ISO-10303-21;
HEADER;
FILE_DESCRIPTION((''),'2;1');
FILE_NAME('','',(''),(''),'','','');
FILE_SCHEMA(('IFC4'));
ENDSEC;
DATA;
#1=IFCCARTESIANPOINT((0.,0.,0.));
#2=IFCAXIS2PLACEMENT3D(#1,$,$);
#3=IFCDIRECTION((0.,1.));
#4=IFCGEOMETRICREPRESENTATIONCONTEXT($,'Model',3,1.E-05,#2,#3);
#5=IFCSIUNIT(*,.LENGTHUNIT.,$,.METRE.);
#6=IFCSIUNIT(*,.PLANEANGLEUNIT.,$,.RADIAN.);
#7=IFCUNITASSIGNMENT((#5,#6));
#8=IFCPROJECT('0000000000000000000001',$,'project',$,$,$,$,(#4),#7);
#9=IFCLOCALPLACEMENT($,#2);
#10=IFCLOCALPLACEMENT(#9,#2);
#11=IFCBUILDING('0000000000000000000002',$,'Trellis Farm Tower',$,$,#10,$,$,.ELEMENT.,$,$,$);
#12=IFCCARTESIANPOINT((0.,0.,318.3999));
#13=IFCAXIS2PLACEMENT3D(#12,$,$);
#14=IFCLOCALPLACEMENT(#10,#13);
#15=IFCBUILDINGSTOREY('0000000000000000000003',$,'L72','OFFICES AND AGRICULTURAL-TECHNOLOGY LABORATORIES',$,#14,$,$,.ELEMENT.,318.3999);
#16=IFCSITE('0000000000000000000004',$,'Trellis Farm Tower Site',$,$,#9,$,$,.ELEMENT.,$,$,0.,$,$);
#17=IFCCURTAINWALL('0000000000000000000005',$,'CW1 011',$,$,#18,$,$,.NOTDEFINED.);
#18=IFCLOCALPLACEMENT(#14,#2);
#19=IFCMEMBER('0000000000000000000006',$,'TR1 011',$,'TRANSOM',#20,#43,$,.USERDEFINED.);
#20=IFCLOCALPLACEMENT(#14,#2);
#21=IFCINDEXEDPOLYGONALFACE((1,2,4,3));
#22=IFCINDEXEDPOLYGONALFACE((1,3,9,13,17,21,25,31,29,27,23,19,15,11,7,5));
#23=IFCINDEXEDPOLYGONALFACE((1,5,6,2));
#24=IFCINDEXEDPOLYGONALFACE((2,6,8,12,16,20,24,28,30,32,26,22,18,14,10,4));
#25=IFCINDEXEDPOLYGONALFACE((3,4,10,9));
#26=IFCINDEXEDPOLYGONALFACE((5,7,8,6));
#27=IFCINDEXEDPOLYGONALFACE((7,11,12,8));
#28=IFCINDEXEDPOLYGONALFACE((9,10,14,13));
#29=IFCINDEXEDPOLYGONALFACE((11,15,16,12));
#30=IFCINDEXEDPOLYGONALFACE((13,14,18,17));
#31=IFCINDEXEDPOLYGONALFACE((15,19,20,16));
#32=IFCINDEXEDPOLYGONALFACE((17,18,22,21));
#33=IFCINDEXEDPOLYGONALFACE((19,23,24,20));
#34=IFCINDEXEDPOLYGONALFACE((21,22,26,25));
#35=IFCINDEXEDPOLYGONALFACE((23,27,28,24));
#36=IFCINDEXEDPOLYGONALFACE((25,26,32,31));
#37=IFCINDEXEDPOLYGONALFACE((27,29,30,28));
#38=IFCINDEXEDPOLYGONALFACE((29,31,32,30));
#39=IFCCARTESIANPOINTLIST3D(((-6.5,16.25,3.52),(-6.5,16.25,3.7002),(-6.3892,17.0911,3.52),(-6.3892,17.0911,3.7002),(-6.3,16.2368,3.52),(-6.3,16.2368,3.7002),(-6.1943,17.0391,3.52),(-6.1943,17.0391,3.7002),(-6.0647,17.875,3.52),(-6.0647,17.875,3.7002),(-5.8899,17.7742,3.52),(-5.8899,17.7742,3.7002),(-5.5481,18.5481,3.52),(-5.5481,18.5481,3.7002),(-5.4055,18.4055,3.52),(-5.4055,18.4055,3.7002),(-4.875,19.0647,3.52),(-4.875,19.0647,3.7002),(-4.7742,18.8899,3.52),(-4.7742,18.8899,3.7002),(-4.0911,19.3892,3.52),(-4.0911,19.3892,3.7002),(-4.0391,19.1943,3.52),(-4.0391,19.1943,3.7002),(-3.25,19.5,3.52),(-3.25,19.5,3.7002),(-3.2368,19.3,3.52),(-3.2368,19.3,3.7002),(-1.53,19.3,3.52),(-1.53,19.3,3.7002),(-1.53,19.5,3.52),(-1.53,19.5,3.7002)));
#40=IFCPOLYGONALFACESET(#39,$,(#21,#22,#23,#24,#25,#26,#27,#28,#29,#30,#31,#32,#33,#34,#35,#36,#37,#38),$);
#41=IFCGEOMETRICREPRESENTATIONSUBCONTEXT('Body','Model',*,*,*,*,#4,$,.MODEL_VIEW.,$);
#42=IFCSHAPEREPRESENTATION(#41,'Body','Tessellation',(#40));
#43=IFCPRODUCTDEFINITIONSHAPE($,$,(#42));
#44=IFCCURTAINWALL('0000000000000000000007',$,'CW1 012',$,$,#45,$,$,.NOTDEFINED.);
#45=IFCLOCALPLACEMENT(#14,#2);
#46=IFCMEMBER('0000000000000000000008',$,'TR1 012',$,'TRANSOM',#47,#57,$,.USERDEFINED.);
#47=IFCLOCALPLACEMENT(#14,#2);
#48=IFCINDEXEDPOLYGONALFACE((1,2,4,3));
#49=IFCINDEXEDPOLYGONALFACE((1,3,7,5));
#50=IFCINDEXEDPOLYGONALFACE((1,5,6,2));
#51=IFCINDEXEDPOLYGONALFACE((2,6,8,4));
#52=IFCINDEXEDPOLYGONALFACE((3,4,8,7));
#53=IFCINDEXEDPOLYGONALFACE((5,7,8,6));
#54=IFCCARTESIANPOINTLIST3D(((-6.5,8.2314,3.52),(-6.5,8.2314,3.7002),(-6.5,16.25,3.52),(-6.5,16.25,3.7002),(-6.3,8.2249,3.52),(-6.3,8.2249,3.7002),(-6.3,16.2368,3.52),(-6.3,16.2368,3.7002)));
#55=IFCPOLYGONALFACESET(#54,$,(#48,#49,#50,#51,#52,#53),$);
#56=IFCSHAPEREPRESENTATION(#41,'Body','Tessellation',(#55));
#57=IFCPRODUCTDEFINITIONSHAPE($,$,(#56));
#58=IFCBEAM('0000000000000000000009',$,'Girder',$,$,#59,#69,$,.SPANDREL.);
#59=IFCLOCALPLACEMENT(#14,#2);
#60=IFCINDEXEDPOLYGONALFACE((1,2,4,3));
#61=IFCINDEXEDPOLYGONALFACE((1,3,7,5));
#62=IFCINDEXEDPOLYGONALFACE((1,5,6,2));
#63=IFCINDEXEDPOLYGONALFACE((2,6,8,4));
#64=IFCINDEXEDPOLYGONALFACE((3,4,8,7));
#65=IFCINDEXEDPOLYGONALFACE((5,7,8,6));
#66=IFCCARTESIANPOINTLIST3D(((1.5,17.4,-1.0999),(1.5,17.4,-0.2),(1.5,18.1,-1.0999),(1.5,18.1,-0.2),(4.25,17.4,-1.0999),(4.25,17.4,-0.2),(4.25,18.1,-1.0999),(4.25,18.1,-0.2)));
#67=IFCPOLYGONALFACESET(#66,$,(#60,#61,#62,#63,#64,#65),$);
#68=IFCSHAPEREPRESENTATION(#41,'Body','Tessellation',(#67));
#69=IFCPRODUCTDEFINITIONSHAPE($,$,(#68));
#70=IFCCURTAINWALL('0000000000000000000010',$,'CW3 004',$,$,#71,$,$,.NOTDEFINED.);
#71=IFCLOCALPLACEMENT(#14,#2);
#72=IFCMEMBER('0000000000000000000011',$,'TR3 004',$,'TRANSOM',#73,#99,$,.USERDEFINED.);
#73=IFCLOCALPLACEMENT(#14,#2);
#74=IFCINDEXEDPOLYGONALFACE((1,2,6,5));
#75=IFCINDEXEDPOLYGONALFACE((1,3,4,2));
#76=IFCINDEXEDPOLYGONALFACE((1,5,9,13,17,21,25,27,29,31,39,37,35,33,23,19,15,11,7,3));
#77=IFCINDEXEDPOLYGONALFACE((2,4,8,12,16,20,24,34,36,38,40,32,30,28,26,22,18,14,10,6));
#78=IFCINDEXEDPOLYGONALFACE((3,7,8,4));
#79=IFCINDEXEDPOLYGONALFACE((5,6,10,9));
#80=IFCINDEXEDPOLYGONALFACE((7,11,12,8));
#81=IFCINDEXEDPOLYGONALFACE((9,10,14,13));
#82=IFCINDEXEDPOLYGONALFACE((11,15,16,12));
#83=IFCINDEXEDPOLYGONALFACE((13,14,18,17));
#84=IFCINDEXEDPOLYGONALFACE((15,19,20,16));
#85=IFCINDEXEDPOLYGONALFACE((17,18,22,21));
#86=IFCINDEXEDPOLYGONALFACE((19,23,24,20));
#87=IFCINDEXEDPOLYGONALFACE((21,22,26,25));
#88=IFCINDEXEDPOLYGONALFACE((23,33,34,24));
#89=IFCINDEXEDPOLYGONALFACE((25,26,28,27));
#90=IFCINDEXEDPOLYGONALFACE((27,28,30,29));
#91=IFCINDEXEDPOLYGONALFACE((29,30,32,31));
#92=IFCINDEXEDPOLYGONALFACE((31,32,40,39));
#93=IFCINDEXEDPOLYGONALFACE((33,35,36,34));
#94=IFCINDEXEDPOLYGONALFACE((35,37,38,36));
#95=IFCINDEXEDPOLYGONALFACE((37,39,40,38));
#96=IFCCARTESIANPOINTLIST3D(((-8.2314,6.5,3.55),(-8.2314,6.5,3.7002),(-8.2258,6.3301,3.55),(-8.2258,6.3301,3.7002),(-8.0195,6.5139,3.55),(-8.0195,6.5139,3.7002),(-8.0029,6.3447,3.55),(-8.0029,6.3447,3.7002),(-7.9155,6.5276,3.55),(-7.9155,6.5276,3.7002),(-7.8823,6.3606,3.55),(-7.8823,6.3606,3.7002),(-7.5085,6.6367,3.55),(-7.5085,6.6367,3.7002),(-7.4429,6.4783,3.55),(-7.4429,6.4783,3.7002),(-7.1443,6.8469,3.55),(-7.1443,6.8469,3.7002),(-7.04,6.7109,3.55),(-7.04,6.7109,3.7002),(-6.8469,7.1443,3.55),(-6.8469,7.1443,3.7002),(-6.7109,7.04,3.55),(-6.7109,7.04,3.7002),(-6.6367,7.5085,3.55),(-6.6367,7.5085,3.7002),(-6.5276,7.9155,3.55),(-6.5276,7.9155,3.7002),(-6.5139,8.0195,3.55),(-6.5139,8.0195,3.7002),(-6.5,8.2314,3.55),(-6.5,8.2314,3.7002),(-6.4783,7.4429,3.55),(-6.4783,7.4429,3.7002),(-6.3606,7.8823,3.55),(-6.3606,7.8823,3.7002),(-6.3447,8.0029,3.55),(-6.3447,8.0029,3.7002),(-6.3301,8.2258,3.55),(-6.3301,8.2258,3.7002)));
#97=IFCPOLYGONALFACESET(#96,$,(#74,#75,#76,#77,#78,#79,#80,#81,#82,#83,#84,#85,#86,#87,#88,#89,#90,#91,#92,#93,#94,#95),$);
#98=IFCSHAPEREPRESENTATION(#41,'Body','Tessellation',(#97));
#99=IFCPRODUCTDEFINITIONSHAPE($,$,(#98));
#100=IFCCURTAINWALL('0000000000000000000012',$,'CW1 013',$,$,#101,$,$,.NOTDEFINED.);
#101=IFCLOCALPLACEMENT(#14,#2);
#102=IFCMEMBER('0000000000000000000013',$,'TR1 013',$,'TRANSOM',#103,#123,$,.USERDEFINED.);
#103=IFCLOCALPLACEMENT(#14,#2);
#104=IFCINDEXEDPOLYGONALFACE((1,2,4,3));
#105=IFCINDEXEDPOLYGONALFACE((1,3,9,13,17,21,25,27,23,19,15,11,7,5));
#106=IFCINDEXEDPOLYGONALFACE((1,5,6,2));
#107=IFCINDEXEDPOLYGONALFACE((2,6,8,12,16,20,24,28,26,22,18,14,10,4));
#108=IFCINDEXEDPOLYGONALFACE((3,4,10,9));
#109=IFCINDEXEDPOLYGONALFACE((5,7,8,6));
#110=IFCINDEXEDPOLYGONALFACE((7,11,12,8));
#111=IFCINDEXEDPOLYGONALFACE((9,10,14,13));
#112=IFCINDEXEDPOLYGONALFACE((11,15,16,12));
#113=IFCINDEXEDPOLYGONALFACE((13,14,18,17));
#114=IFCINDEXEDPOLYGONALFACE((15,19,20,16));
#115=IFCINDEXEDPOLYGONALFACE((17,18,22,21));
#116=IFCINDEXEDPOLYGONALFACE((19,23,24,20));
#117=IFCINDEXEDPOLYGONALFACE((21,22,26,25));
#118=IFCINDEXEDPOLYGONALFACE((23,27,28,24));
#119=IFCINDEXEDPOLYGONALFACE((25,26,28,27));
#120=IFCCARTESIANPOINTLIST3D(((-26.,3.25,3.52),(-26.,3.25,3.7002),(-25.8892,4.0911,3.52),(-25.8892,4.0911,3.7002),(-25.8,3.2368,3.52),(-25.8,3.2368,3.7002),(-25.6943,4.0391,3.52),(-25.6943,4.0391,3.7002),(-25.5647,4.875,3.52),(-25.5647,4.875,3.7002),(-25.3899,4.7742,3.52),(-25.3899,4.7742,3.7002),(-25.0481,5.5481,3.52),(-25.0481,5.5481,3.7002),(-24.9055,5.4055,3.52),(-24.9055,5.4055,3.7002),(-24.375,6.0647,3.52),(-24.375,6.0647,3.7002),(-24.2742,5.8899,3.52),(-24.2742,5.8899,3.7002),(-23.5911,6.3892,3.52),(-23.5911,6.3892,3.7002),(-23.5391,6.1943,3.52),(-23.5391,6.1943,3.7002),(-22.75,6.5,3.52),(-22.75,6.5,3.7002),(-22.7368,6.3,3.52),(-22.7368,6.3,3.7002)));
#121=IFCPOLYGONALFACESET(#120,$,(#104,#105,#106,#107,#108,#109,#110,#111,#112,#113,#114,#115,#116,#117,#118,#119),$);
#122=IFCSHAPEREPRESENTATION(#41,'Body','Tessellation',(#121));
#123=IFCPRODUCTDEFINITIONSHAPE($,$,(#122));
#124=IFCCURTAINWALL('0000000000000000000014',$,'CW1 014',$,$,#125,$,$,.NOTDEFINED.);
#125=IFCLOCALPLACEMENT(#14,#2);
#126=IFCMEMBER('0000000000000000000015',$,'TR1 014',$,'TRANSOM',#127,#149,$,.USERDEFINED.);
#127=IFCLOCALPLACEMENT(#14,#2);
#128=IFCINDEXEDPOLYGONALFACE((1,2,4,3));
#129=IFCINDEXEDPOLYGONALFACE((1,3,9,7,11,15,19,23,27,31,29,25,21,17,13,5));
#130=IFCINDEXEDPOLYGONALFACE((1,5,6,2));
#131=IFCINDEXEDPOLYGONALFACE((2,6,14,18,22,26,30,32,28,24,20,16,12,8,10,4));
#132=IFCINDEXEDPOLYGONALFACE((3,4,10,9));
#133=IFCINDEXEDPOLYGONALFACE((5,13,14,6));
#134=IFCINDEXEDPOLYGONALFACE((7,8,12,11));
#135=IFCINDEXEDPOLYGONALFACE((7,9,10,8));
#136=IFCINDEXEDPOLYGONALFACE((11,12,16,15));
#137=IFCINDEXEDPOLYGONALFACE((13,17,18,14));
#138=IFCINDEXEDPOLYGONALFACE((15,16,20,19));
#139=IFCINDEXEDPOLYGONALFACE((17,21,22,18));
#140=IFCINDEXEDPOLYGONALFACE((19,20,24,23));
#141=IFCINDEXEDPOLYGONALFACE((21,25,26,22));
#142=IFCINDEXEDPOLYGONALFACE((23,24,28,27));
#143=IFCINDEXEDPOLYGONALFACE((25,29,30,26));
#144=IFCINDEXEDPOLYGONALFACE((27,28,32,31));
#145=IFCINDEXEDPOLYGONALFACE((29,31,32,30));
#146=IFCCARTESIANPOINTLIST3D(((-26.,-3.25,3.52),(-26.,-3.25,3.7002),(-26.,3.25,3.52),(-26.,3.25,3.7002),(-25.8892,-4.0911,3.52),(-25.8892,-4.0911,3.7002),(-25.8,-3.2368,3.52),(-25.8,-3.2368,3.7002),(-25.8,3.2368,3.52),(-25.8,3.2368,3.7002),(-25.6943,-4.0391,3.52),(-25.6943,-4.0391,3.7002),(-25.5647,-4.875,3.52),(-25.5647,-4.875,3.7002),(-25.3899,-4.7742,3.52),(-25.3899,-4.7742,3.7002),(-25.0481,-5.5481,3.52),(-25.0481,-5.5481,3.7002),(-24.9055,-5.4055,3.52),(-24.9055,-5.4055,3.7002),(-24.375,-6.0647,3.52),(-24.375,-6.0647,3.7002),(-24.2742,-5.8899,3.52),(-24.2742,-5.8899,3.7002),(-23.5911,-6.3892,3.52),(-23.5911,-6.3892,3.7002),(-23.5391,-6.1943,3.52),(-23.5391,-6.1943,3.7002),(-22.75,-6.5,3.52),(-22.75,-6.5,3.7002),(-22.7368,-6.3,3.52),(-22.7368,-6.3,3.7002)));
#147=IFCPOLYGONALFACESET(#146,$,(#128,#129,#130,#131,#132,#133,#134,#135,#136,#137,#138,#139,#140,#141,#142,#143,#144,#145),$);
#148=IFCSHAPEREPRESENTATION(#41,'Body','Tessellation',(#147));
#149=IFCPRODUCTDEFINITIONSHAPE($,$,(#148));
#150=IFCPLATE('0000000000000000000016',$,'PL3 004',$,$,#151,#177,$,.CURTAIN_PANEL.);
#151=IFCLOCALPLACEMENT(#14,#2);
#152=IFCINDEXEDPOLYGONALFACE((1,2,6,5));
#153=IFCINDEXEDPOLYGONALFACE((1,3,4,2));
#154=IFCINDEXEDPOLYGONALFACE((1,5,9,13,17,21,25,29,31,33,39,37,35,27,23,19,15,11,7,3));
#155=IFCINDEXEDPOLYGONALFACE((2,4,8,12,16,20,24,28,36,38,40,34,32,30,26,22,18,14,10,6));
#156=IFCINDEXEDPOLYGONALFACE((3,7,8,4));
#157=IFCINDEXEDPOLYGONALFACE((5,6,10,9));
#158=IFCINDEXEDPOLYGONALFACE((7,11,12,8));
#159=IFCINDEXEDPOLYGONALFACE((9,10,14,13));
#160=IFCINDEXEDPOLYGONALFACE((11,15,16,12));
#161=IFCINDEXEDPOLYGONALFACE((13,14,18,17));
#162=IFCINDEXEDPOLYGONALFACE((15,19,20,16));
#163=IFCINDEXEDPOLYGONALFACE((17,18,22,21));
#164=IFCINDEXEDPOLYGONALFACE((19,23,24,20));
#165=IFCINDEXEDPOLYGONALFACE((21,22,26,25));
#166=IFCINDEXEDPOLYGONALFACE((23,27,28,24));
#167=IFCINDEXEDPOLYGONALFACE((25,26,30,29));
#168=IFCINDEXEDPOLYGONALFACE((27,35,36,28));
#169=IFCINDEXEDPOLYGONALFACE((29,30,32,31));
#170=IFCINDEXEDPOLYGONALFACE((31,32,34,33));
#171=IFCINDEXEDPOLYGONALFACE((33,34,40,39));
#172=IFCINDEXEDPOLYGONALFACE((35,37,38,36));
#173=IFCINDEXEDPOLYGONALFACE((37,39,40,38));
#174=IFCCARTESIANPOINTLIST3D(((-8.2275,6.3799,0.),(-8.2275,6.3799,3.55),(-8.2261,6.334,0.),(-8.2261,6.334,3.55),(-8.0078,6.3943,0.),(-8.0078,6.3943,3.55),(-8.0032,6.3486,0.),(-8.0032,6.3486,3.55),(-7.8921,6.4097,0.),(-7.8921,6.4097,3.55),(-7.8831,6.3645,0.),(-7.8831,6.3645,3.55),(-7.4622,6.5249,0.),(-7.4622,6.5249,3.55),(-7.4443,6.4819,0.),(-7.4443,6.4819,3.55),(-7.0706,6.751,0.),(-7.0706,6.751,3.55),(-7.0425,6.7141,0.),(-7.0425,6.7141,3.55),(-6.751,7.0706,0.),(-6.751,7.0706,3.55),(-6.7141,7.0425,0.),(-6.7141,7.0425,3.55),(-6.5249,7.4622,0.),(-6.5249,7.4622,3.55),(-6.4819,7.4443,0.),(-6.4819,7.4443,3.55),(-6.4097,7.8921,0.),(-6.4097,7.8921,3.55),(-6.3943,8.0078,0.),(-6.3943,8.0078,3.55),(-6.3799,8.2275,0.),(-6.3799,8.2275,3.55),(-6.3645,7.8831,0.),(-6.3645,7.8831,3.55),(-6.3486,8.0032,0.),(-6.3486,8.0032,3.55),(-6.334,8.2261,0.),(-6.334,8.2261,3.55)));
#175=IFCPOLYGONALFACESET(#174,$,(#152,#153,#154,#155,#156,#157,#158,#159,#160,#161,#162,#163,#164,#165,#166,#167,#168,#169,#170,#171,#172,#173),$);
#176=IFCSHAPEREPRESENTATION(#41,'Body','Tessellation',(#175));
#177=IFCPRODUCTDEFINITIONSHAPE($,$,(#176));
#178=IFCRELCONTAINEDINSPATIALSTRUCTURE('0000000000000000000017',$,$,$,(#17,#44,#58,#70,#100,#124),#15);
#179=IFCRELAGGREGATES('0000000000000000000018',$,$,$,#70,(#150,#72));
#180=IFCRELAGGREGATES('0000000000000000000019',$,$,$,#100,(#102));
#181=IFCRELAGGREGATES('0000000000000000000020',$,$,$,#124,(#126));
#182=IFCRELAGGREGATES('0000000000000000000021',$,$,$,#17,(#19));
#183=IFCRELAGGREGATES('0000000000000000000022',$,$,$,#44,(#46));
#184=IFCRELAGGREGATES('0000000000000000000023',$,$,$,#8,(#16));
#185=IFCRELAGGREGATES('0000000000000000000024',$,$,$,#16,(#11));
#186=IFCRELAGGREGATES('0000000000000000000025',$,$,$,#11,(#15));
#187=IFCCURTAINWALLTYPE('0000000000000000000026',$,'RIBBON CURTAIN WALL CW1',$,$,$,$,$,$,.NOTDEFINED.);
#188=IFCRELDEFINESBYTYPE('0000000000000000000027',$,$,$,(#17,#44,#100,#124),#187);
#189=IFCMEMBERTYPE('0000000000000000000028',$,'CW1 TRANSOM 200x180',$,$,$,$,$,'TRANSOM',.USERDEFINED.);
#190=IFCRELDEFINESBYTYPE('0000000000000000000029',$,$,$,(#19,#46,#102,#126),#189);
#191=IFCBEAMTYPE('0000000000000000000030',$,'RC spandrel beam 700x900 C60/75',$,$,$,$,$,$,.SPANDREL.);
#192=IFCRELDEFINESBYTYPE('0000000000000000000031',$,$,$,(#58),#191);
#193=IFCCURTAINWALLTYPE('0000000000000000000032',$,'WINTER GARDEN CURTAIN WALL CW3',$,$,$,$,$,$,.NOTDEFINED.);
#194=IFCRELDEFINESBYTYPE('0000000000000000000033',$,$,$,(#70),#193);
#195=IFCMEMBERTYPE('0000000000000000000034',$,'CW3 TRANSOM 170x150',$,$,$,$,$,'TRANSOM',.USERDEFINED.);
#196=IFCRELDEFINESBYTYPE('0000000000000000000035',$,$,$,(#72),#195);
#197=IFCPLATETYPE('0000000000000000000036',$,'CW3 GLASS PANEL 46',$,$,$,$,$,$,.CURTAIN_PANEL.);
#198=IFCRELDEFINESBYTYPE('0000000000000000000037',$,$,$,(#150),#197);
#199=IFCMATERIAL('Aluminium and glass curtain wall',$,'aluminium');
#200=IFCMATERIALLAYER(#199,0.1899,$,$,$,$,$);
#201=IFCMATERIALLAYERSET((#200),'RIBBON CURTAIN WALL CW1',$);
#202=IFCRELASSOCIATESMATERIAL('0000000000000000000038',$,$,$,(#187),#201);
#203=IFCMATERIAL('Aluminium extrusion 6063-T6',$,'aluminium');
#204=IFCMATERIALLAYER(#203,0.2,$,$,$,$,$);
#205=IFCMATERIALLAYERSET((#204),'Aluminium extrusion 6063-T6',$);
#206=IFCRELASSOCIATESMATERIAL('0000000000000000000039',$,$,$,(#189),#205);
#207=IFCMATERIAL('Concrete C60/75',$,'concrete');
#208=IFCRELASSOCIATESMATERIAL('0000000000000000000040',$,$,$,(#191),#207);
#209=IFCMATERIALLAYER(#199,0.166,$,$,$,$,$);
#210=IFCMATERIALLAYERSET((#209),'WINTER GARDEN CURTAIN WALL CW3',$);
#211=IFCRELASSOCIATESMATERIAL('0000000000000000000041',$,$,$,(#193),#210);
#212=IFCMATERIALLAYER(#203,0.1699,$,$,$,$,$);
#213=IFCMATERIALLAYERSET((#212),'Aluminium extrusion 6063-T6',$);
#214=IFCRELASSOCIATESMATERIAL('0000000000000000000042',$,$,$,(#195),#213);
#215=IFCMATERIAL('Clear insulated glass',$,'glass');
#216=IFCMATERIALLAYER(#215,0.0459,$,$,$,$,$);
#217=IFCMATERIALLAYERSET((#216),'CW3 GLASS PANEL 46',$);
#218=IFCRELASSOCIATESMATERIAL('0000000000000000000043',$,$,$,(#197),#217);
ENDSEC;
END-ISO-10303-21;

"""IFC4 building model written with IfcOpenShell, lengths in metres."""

from ifc_helpers import new_model, si_unit, direction, frame, origin, origin_2d, place, context, subcontext, project, spatial, polyline, rectangle, outline, extrude, source, transform, mapped, material, layer, layer_set, material_profile, profile_set, type_object, element, aggregate, save


model = new_model("IFC4")

# Units and contexts
model_context = context("Model", 3, precision=1e-05, world=origin(), true_north=direction((0.0, 1.0)))
body_context = subcontext(model_context, "Body", "Model", "MODEL_VIEW")
ifc_project = project(units=[si_unit("LENGTHUNIT", "METRE"), si_unit("PLANEANGLEUNIT", "RADIAN")], contexts=[model_context])

# Site, building, storey
site_placement = place(None, origin())
site = spatial("IfcSite", under=ifc_project, at=site_placement, Name="Trellis Farm Tower Site", CompositionType="ELEMENT", RefElevation=0.0)
building_placement = place(site_placement, origin())
building = spatial("IfcBuilding", under=site, at=building_placement, Name="Trellis Farm Tower", CompositionType="ELEMENT")
storey_placement = place(building_placement, frame((0.0, 0.0, 318.3999)))
storey = spatial("IfcBuildingStorey", under=building, at=storey_placement, Name="L72", Description="OFFICES AND AGRICULTURAL-TECHNOLOGY LABORATORIES", CompositionType="ELEMENT", Elevation=318.3999)

# Curtain walls, members
ifc_material_1 = material(Name="Aluminium and glass curtain wall", Category="aluminium")
ifc_layer_1 = layer(ifc_material_1, 0.1899)
ifc_layer_set_1 = layer_set([ifc_layer_1], Name="RIBBON CURTAIN WALL CW1")
curtain_wall_type_1 = type_object("IfcCurtainWallType", Name="RIBBON CURTAIN WALL CW1", PredefinedType="NOTDEFINED", material=ifc_layer_set_1)
placement_1 = place(storey_placement, origin())
curtain_wall_1 = element("IfcCurtainWall", 1, at=placement_1, inside=storey, type_object=curtain_wall_type_1, Name="CW1 011", PredefinedType="NOTDEFINED")
ifc_material_2 = material(Name="Aluminium extrusion 6063-T6", Category="aluminium")
ifc_layer_2 = layer(ifc_material_2, 0.2)
ifc_layer_set_2 = layer_set([ifc_layer_2], Name="Aluminium extrusion 6063-T6")
member_type_1 = type_object("IfcMemberType", Name="CW1 TRANSOM 200x180", ElementType="TRANSOM", PredefinedType="USERDEFINED", material=ifc_layer_set_2)
placement_2 = place(storey_placement, frame((0.0, 0.0, 3.52)))
member_1 = element("IfcMember", 2, at=placement_2, type_object=member_type_1, Name="TR1 011", ObjectType="TRANSOM", PredefinedType="USERDEFINED", context=body_context, shape_type="SweptSolid", body=[
    extrude(outline(polyline([(-1.53, 19.5), (-3.25, 19.5), (-4.0911, 19.3892), (-4.875, 19.0647), (-5.5481, 18.5481), (-6.0647, 17.875), (-6.3892, 17.0911), (-6.5, 16.25), (-6.3, 16.2368), (-6.1943, 17.0391), (-5.8899, 17.7742), (-5.4055, 18.4055), (-4.7742, 18.8899), (-4.0391, 19.1943), (-3.2368, 19.3), (-1.53, 19.3), (-1.53, 19.5)])), origin(), (0.0, 0.0, 1.0), 0.1802),
])
curtain_wall_2 = element("IfcCurtainWall", 3, at=placement_1, inside=storey, type_object=curtain_wall_type_1, Name="CW1 012", PredefinedType="NOTDEFINED")
member_2 = element("IfcMember", 4, at=placement_2, type_object=member_type_1, Name="TR1 012", ObjectType="TRANSOM", PredefinedType="USERDEFINED", context=body_context, shape_type="SweptSolid", body=[
    extrude(outline(polyline([(-6.5, 16.25), (-6.5, 8.2314), (-6.3, 8.2249), (-6.3, 16.2368), (-6.5, 16.25)])), origin(), (0.0, 0.0, 1.0), 0.1802),
])

# Beam
ifc_material_3 = material(Name="Concrete C60/75", Category="concrete")
ifc_material_profile = material_profile(ifc_material_3, rectangle(XDim=0.7, YDim=0.8999, at=origin_2d()), Name="RC spandrel beam 700x900 C60/75")
ifc_profile_set = profile_set([ifc_material_profile], Name="Concrete C60/75")
beam_type = type_object("IfcBeamType", Name="RC spandrel beam 700x900 C60/75", PredefinedType="SPANDREL", material=ifc_profile_set)
shared_shape_1 = source(origin(), body_context, "Body", "SweptSolid", [
    extrude(rectangle(XDim=0.7, YDim=0.8999, at=origin_2d()), origin(), (0.0, 0.0, 1.0), 2.75),
])
beam_placement = place(storey_placement, frame((1.5, 17.75, -0.6499), z_axis=(1.0, 0.0, 0.0), x_axis=(0.0, 1.0, 0.0)))
element("IfcBeam", 5, at=beam_placement, inside=storey, type_object=beam_type, Name="Girder", PredefinedType="SPANDREL", context=body_context, shape_type="MappedRepresentation", body=[
    mapped(shared_shape_1, transform((0.0, 0.0, 0.0))),
])

# Curtain walls, members
ifc_layer_3 = layer(ifc_material_1, 0.166)
ifc_layer_set_3 = layer_set([ifc_layer_3], Name="WINTER GARDEN CURTAIN WALL CW3")
curtain_wall_type_2 = type_object("IfcCurtainWallType", Name="WINTER GARDEN CURTAIN WALL CW3", PredefinedType="NOTDEFINED", material=ifc_layer_set_3)
curtain_wall_3 = element("IfcCurtainWall", 6, at=placement_1, inside=storey, type_object=curtain_wall_type_2, Name="CW3 004", PredefinedType="NOTDEFINED")
ifc_layer_4 = layer(ifc_material_2, 0.1699)
ifc_layer_set_4 = layer_set([ifc_layer_4], Name="Aluminium extrusion 6063-T6")
member_type_2 = type_object("IfcMemberType", Name="CW3 TRANSOM 170x150", ElementType="TRANSOM", PredefinedType="USERDEFINED", material=ifc_layer_set_4)
shared_shape_2 = source(origin(), body_context, "Body", "SweptSolid", [
    extrude(outline(polyline([(-6.5, 8.2314), (-6.5139, 8.0195), (-6.5276, 7.9155), (-6.6367, 7.5085), (-6.8469, 7.1443), (-7.1443, 6.8469), (-7.5085, 6.6367), (-7.9155, 6.5276), (-8.0195, 6.5139), (-8.2314, 6.5), (-8.2258, 6.3301), (-8.0029, 6.3447), (-7.8823, 6.3606), (-7.4429, 6.4783), (-7.04, 6.7109), (-6.7109, 7.04), (-6.4783, 7.4429), (-6.3606, 7.8823), (-6.3447, 8.0029), (-6.3301, 8.2258), (-6.5, 8.2314)])), origin(), (0.0, 0.0, 1.0), 0.1501),
])
member_3_placement = place(storey_placement, frame((0.0, 0.0, 3.55)))
member_3 = element("IfcMember", 7, at=member_3_placement, type_object=member_type_2, Name="TR3 004", ObjectType="TRANSOM", PredefinedType="USERDEFINED", context=body_context, shape_type="MappedRepresentation", body=[
    mapped(shared_shape_2, transform((0.0, 0.0, 0.0))),
])
curtain_wall_4 = element("IfcCurtainWall", 8, at=placement_1, inside=storey, type_object=curtain_wall_type_1, Name="CW1 013", PredefinedType="NOTDEFINED")
shared_shape_3 = source(origin(), body_context, "Body", "SweptSolid", [
    extrude(outline(polyline([(-22.75, 6.5), (-23.5911, 6.3892), (-24.375, 6.0647), (-25.0481, 5.5481), (-25.5647, 4.875), (-25.8892, 4.0911), (-26.0, 3.25), (-25.8, 3.2368), (-25.6943, 4.0391), (-25.3899, 4.7742), (-24.9055, 5.4055), (-24.2742, 5.8899), (-23.5391, 6.1943), (-22.7368, 6.3), (-22.75, 6.5)])), origin(), (0.0, 0.0, 1.0), 0.1802),
])
member_4 = element("IfcMember", 9, at=placement_2, type_object=member_type_1, Name="TR1 013", ObjectType="TRANSOM", PredefinedType="USERDEFINED", context=body_context, shape_type="MappedRepresentation", body=[
    mapped(shared_shape_3, transform((0.0, 0.0, 0.0))),
])
curtain_wall_5 = element("IfcCurtainWall", 10, at=placement_1, inside=storey, type_object=curtain_wall_type_1, Name="CW1 014", PredefinedType="NOTDEFINED")
shared_shape_4 = source(origin(), body_context, "Body", "SweptSolid", [
    extrude(outline(polyline([(-26.0, 3.25), (-26.0, -3.25), (-25.8892, -4.0911), (-25.5647, -4.875), (-25.0481, -5.5481), (-24.375, -6.0647), (-23.5911, -6.3892), (-22.75, -6.5), (-22.7368, -6.3), (-23.5391, -6.1943), (-24.2742, -5.8899), (-24.9055, -5.4055), (-25.3899, -4.7742), (-25.6943, -4.0391), (-25.8, -3.2368), (-25.8, 3.2368), (-26.0, 3.25)])), origin(), (0.0, 0.0, 1.0), 0.1802),
])
member_5 = element("IfcMember", 11, at=placement_2, type_object=member_type_1, Name="TR1 014", ObjectType="TRANSOM", PredefinedType="USERDEFINED", context=body_context, shape_type="MappedRepresentation", body=[
    mapped(shared_shape_4, transform((0.0, 0.0, 0.0))),
])

# Plate
ifc_material_4 = material(Name="Clear insulated glass", Category="glass")
ifc_layer_5 = layer(ifc_material_4, 0.0459)
ifc_layer_set_5 = layer_set([ifc_layer_5], Name="CW3 GLASS PANEL 46")
plate_type_1 = type_object("IfcPlateType", Name="CW3 GLASS PANEL 46", PredefinedType="CURTAIN_PANEL", material=ifc_layer_set_5)
shared_shape_5 = source(origin(), body_context, "Body", "SweptSolid", [
    extrude(outline(polyline([(-6.3799, 8.2275), (-6.3943, 8.0078), (-6.4097, 7.8921), (-6.5249, 7.4622), (-6.751, 7.0706), (-7.0706, 6.751), (-7.4622, 6.5249), (-7.8921, 6.4097), (-8.0078, 6.3943), (-8.2275, 6.3799), (-8.2261, 6.334), (-8.0032, 6.3486), (-7.8831, 6.3645), (-7.4443, 6.4819), (-7.0425, 6.7141), (-6.7141, 7.0425), (-6.4819, 7.4443), (-6.3645, 7.8831), (-6.3486, 8.0032), (-6.334, 8.2261), (-6.3799, 8.2275)])), origin(), (0.0, 0.0, 1.0), 3.55),
])
plate_1 = element("IfcPlate", 12, at=placement_1, type_object=plate_type_1, Name="PL3 004", PredefinedType="CURTAIN_PANEL", context=body_context, shape_type="MappedRepresentation", body=[
    mapped(shared_shape_5, transform((0.0, 0.0, 0.0))),
])
aggregate(curtain_wall_3, [plate_1, member_3])
aggregate(curtain_wall_4, [member_4])
aggregate(curtain_wall_5, [member_5])
aggregate(curtain_wall_1, [member_1])
aggregate(curtain_wall_2, [member_2])

save(model, "model.ifc")
